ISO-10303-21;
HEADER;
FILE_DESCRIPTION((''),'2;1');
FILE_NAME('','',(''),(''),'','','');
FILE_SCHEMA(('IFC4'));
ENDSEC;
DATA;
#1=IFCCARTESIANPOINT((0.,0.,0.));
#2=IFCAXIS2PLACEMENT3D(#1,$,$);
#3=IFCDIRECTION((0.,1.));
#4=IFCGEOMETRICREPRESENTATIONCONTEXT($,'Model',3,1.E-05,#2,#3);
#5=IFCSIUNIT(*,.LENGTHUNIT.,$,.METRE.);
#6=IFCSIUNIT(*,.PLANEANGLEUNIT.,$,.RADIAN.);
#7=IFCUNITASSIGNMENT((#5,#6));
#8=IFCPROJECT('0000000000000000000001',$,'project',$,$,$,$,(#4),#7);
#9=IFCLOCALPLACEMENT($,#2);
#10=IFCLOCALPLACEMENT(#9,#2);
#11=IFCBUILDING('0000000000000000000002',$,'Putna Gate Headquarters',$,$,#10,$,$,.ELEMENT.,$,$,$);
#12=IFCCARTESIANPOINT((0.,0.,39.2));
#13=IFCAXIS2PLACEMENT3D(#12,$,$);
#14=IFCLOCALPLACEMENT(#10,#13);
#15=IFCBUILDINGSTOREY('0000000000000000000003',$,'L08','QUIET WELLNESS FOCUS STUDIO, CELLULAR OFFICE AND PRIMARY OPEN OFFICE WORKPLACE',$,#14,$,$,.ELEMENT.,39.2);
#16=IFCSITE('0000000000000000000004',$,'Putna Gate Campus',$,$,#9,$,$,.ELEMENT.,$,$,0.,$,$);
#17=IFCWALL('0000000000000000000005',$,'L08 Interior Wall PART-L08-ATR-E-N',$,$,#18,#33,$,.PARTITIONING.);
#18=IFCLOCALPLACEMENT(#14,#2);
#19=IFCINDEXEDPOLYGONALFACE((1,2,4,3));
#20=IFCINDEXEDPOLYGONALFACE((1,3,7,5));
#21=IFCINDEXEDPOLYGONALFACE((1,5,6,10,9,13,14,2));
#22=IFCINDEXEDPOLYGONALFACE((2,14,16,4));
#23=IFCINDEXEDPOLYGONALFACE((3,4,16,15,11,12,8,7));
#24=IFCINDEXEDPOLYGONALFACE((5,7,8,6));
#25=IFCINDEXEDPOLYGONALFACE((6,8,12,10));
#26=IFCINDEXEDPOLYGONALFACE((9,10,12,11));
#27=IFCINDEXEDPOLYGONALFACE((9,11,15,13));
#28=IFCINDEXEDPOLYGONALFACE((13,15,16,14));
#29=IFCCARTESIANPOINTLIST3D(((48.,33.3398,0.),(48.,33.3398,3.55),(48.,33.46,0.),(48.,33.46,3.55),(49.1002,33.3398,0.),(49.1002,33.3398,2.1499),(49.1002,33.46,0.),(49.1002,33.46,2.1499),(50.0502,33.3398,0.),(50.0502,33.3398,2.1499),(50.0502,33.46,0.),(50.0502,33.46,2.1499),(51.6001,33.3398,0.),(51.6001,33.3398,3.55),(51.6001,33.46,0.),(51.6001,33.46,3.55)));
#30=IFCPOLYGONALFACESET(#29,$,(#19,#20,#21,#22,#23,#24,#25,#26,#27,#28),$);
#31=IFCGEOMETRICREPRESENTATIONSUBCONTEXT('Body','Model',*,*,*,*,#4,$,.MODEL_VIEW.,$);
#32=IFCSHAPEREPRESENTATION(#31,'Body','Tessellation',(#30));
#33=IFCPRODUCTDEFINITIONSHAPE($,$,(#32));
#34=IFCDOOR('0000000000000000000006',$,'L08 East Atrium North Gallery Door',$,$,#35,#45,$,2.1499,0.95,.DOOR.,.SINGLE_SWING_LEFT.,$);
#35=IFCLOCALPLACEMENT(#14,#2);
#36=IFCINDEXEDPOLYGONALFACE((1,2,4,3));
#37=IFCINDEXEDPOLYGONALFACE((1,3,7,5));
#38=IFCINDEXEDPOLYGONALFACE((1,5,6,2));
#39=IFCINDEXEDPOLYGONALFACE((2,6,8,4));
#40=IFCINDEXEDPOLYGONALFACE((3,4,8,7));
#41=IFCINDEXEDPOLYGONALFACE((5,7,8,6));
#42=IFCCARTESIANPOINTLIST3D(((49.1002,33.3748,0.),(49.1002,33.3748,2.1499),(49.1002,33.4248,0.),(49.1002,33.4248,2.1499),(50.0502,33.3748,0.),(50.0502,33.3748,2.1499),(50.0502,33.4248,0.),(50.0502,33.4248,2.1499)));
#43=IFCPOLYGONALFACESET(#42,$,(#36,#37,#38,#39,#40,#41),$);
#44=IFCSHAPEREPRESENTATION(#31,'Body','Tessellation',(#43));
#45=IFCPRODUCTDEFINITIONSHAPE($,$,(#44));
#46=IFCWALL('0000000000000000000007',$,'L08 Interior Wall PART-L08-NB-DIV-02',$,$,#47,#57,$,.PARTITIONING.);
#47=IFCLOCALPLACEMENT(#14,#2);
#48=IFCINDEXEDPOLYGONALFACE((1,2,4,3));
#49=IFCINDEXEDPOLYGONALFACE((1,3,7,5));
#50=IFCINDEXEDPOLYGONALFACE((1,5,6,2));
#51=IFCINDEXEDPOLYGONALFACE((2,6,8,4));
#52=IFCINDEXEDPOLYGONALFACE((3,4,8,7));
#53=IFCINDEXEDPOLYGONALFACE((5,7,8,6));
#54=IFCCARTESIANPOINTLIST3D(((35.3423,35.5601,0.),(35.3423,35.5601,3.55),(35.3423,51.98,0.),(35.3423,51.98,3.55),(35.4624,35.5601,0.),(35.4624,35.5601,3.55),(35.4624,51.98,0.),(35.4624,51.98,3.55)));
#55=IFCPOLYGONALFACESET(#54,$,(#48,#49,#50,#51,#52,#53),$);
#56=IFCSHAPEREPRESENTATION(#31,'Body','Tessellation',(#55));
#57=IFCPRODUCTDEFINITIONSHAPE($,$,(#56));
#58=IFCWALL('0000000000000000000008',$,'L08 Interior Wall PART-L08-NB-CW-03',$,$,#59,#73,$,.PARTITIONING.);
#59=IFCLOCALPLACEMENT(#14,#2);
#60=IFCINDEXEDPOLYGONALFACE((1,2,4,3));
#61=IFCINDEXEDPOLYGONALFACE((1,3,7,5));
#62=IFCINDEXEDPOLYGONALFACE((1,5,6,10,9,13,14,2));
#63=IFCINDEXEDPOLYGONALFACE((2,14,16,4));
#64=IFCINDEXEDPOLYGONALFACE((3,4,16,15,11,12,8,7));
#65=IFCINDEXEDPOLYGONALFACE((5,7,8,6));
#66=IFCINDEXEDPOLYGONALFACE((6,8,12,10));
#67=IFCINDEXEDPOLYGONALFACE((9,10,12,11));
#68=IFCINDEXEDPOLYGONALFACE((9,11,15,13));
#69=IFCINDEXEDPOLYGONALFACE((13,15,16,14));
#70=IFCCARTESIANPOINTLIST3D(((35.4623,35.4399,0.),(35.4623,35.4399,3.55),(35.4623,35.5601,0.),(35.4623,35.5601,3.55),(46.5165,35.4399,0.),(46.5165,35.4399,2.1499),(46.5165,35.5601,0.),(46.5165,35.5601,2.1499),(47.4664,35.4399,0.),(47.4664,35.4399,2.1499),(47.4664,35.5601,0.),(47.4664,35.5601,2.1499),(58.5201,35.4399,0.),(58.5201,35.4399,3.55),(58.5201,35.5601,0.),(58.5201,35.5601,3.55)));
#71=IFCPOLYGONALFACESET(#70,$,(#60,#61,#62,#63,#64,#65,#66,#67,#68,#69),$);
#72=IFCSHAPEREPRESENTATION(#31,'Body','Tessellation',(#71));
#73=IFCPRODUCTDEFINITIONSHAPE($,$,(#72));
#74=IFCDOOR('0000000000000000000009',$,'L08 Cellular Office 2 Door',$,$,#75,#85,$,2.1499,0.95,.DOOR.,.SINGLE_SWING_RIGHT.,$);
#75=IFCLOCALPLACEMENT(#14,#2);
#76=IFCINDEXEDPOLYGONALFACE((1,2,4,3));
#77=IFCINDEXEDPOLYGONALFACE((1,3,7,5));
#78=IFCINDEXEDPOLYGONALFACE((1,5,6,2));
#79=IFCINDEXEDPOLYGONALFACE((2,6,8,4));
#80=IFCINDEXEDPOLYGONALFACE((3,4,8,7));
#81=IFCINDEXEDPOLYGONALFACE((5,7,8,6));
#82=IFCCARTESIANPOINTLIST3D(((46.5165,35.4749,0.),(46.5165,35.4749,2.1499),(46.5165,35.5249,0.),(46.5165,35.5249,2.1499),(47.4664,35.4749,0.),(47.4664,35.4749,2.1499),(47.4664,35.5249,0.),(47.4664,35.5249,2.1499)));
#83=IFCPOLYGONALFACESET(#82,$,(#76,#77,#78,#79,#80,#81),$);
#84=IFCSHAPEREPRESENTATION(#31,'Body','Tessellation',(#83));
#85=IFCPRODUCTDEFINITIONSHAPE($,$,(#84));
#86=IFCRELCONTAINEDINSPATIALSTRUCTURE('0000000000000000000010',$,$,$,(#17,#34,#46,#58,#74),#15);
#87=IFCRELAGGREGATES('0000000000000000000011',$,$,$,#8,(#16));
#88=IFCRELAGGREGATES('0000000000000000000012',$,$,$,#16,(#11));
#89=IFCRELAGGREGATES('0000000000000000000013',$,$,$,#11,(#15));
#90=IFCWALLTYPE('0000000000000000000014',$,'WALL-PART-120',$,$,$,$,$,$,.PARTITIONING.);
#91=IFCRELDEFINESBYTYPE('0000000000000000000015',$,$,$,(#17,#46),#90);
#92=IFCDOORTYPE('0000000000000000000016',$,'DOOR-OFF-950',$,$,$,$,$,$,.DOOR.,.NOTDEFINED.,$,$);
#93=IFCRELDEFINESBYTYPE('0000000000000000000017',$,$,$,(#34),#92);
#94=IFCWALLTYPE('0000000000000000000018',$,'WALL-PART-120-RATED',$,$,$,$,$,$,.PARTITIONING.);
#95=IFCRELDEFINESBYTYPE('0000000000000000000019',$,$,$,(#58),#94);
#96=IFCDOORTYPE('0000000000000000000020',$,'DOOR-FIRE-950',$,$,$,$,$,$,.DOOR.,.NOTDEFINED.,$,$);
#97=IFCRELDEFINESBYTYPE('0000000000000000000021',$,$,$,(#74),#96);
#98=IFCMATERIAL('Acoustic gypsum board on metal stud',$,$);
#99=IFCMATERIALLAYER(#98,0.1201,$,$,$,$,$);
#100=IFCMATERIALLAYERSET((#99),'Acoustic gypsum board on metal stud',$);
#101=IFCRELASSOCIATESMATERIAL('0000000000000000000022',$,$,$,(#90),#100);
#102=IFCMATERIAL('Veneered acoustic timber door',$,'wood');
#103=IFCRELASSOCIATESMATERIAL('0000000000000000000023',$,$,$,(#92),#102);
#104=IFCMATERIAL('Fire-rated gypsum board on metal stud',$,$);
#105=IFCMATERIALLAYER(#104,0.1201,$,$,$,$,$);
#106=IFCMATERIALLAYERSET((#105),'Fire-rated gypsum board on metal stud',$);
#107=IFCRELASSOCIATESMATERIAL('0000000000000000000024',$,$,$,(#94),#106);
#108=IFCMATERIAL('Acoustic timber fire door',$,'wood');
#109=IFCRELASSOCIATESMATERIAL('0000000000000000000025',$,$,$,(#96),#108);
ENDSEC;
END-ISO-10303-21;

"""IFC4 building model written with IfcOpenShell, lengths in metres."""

from ifc_helpers import new_model, si_unit, direction, frame, frame_2d, origin, place, context, subcontext, project, spatial, rectangle, extrude, material, layer, layer_set, type_object, element, fill, save


model = new_model("IFC4")

# Units and contexts
model_context = context("Model", 3, precision=1e-05, world=origin(), true_north=direction((0.0, 1.0)))
body_context = subcontext(model_context, "Body", "Model", "MODEL_VIEW")
ifc_project = project(units=[si_unit("LENGTHUNIT", "METRE"), si_unit("PLANEANGLEUNIT", "RADIAN")], contexts=[model_context])

# Site, building, storey
site_placement = place(None, origin())
site = spatial("IfcSite", under=ifc_project, at=site_placement, Name="Putna Gate Campus", CompositionType="ELEMENT", RefElevation=0.0)
building_placement = place(site_placement, origin())
building = spatial("IfcBuilding", under=site, at=building_placement, Name="Putna Gate Headquarters", CompositionType="ELEMENT")
storey_placement = place(building_placement, frame((0.0, 0.0, 39.2)))
storey = spatial("IfcBuildingStorey", under=building, at=storey_placement, Name="L08", Description="QUIET WELLNESS FOCUS STUDIO, CELLULAR OFFICE AND PRIMARY OPEN OFFICE WORKPLACE", CompositionType="ELEMENT", Elevation=39.2)

# Shared definitions
ifc_material_1 = material(Name="Acoustic gypsum board on metal stud")
ifc_layer_1 = layer(ifc_material_1, 0.1201)
ifc_layer_set_1 = layer_set([ifc_layer_1], Name="Acoustic gypsum board on metal stud")
wall_type_1 = type_object("IfcWallType", Name="WALL-PART-120", PredefinedType="PARTITIONING", material=ifc_layer_set_1)

# Wall, opening, door
wall_1_placement = place(storey_placement, frame((48.0, 33.3999, 0.0), z_axis=(0.0, 0.0, 1.0), x_axis=(1.0, 0.0, 0.0)))
wall_1 = element("IfcWall", 1, at=wall_1_placement, inside=storey, type_object=wall_type_1, Name="L08 Interior Wall PART-L08-ATR-E-N", PredefinedType="PARTITIONING", context=body_context, shape_type="SweptSolid", body=[
    extrude(rectangle(XDim=3.6001, YDim=0.1201, at=frame_2d((1.8, 0.0))), origin(), (0.0, 0.0, 1.0), 3.55),
])
opening_1_placement = place(wall_1_placement, frame((1.1001, 0.0, 0.0)))
opening_1 = element("IfcOpeningElement", 2, at=opening_1_placement, cuts=wall_1, PredefinedType="OPENING", context=body_context, shape_type="SweptSolid", body=[
    extrude(rectangle(XDim=0.95, YDim=2.1499, at=frame_2d((0.4751, 1.075))), frame((0.0, 0.0701, 0.0), z_axis=(0.0, -1.0, 0.0), x_axis=(1.0, 0.0, 0.0)), (0.0, 0.0, 1.0), 0.1401),
])
ifc_material_2 = material(Name="Veneered acoustic timber door", Category="wood")
door_type_1 = type_object("IfcDoorType", Name="DOOR-OFF-950", OperationType="NOTDEFINED", PredefinedType="DOOR", material=ifc_material_2)
door_1_placement = place(opening_1_placement, origin())
door_1 = element("IfcDoor", 3, at=door_1_placement, inside=storey, type_object=door_type_1, Name="L08 East Atrium North Gallery Door", OperationType="SINGLE_SWING_LEFT", OverallHeight=2.1499, OverallWidth=0.95, PredefinedType="DOOR", context=body_context, shape_type="SweptSolid", body=[
    extrude(rectangle(XDim=0.95, YDim=2.1499, at=frame_2d((0.4751, 1.075))), frame((0.0, 0.0249, 0.0), z_axis=(0.0, -1.0, 0.0), x_axis=(1.0, 0.0, 0.0)), (0.0, 0.0, 1.0), 0.05),
])
fill(opening_1, door_1)

# Wall
wall_2_placement = place(storey_placement, frame((35.4023, 35.5601, 0.0), z_axis=(0.0, 0.0, 1.0), x_axis=(0.0, 1.0, 0.0)))
element("IfcWall", 4, at=wall_2_placement, inside=storey, type_object=wall_type_1, Name="L08 Interior Wall PART-L08-NB-DIV-02", PredefinedType="PARTITIONING", context=body_context, shape_type="SweptSolid", body=[
    extrude(rectangle(XDim=16.4199, YDim=0.1201, at=frame_2d((8.21, 0.0))), origin(), (0.0, 0.0, 1.0), 3.55),
])

# Wall, opening, door
ifc_material_3 = material(Name="Fire-rated gypsum board on metal stud")
ifc_layer_2 = layer(ifc_material_3, 0.1201)
ifc_layer_set_2 = layer_set([ifc_layer_2], Name="Fire-rated gypsum board on metal stud")
wall_type_2 = type_object("IfcWallType", Name="WALL-PART-120-RATED", PredefinedType="PARTITIONING", material=ifc_layer_set_2)
wall_3_placement = place(storey_placement, frame((35.4624, 35.5, 0.0), z_axis=(0.0, 0.0, 1.0), x_axis=(1.0, 0.0, 0.0)))
wall_3 = element("IfcWall", 5, at=wall_3_placement, inside=storey, type_object=wall_type_2, Name="L08 Interior Wall PART-L08-NB-CW-03", PredefinedType="PARTITIONING", context=body_context, shape_type="SweptSolid", body=[
    extrude(rectangle(XDim=23.0579, YDim=0.1201, at=frame_2d((11.5288, 0.0))), origin(), (0.0, 0.0, 1.0), 3.55),
])
opening_2_placement = place(wall_3_placement, frame((11.054, 0.0, 0.0)))
opening_2 = element("IfcOpeningElement", 6, at=opening_2_placement, cuts=wall_3, PredefinedType="OPENING", context=body_context, shape_type="SweptSolid", body=[
    extrude(rectangle(XDim=0.95, YDim=2.1499, at=frame_2d((0.4751, 1.075))), frame((0.0, 0.0701, 0.0), z_axis=(0.0, -1.0, 0.0), x_axis=(1.0, 0.0, 0.0)), (0.0, 0.0, 1.0), 0.1401),
])
ifc_material_4 = material(Name="Acoustic timber fire door", Category="wood")
door_type_2 = type_object("IfcDoorType", Name="DOOR-FIRE-950", OperationType="NOTDEFINED", PredefinedType="DOOR", material=ifc_material_4)
door_2_placement = place(opening_2_placement, origin())
door_2 = element("IfcDoor", 7, at=door_2_placement, inside=storey, type_object=door_type_2, Name="L08 Cellular Office 2 Door", OperationType="SINGLE_SWING_RIGHT", OverallHeight=2.1499, OverallWidth=0.95, PredefinedType="DOOR", context=body_context, shape_type="SweptSolid", body=[
    extrude(rectangle(XDim=0.95, YDim=2.1499, at=frame_2d((0.4751, 1.075))), frame((0.0, 0.0249, 0.0), z_axis=(0.0, -1.0, 0.0), x_axis=(1.0, 0.0, 0.0)), (0.0, 0.0, 1.0), 0.05),
])
fill(opening_2, door_2)

save(model, "model.ifc")
